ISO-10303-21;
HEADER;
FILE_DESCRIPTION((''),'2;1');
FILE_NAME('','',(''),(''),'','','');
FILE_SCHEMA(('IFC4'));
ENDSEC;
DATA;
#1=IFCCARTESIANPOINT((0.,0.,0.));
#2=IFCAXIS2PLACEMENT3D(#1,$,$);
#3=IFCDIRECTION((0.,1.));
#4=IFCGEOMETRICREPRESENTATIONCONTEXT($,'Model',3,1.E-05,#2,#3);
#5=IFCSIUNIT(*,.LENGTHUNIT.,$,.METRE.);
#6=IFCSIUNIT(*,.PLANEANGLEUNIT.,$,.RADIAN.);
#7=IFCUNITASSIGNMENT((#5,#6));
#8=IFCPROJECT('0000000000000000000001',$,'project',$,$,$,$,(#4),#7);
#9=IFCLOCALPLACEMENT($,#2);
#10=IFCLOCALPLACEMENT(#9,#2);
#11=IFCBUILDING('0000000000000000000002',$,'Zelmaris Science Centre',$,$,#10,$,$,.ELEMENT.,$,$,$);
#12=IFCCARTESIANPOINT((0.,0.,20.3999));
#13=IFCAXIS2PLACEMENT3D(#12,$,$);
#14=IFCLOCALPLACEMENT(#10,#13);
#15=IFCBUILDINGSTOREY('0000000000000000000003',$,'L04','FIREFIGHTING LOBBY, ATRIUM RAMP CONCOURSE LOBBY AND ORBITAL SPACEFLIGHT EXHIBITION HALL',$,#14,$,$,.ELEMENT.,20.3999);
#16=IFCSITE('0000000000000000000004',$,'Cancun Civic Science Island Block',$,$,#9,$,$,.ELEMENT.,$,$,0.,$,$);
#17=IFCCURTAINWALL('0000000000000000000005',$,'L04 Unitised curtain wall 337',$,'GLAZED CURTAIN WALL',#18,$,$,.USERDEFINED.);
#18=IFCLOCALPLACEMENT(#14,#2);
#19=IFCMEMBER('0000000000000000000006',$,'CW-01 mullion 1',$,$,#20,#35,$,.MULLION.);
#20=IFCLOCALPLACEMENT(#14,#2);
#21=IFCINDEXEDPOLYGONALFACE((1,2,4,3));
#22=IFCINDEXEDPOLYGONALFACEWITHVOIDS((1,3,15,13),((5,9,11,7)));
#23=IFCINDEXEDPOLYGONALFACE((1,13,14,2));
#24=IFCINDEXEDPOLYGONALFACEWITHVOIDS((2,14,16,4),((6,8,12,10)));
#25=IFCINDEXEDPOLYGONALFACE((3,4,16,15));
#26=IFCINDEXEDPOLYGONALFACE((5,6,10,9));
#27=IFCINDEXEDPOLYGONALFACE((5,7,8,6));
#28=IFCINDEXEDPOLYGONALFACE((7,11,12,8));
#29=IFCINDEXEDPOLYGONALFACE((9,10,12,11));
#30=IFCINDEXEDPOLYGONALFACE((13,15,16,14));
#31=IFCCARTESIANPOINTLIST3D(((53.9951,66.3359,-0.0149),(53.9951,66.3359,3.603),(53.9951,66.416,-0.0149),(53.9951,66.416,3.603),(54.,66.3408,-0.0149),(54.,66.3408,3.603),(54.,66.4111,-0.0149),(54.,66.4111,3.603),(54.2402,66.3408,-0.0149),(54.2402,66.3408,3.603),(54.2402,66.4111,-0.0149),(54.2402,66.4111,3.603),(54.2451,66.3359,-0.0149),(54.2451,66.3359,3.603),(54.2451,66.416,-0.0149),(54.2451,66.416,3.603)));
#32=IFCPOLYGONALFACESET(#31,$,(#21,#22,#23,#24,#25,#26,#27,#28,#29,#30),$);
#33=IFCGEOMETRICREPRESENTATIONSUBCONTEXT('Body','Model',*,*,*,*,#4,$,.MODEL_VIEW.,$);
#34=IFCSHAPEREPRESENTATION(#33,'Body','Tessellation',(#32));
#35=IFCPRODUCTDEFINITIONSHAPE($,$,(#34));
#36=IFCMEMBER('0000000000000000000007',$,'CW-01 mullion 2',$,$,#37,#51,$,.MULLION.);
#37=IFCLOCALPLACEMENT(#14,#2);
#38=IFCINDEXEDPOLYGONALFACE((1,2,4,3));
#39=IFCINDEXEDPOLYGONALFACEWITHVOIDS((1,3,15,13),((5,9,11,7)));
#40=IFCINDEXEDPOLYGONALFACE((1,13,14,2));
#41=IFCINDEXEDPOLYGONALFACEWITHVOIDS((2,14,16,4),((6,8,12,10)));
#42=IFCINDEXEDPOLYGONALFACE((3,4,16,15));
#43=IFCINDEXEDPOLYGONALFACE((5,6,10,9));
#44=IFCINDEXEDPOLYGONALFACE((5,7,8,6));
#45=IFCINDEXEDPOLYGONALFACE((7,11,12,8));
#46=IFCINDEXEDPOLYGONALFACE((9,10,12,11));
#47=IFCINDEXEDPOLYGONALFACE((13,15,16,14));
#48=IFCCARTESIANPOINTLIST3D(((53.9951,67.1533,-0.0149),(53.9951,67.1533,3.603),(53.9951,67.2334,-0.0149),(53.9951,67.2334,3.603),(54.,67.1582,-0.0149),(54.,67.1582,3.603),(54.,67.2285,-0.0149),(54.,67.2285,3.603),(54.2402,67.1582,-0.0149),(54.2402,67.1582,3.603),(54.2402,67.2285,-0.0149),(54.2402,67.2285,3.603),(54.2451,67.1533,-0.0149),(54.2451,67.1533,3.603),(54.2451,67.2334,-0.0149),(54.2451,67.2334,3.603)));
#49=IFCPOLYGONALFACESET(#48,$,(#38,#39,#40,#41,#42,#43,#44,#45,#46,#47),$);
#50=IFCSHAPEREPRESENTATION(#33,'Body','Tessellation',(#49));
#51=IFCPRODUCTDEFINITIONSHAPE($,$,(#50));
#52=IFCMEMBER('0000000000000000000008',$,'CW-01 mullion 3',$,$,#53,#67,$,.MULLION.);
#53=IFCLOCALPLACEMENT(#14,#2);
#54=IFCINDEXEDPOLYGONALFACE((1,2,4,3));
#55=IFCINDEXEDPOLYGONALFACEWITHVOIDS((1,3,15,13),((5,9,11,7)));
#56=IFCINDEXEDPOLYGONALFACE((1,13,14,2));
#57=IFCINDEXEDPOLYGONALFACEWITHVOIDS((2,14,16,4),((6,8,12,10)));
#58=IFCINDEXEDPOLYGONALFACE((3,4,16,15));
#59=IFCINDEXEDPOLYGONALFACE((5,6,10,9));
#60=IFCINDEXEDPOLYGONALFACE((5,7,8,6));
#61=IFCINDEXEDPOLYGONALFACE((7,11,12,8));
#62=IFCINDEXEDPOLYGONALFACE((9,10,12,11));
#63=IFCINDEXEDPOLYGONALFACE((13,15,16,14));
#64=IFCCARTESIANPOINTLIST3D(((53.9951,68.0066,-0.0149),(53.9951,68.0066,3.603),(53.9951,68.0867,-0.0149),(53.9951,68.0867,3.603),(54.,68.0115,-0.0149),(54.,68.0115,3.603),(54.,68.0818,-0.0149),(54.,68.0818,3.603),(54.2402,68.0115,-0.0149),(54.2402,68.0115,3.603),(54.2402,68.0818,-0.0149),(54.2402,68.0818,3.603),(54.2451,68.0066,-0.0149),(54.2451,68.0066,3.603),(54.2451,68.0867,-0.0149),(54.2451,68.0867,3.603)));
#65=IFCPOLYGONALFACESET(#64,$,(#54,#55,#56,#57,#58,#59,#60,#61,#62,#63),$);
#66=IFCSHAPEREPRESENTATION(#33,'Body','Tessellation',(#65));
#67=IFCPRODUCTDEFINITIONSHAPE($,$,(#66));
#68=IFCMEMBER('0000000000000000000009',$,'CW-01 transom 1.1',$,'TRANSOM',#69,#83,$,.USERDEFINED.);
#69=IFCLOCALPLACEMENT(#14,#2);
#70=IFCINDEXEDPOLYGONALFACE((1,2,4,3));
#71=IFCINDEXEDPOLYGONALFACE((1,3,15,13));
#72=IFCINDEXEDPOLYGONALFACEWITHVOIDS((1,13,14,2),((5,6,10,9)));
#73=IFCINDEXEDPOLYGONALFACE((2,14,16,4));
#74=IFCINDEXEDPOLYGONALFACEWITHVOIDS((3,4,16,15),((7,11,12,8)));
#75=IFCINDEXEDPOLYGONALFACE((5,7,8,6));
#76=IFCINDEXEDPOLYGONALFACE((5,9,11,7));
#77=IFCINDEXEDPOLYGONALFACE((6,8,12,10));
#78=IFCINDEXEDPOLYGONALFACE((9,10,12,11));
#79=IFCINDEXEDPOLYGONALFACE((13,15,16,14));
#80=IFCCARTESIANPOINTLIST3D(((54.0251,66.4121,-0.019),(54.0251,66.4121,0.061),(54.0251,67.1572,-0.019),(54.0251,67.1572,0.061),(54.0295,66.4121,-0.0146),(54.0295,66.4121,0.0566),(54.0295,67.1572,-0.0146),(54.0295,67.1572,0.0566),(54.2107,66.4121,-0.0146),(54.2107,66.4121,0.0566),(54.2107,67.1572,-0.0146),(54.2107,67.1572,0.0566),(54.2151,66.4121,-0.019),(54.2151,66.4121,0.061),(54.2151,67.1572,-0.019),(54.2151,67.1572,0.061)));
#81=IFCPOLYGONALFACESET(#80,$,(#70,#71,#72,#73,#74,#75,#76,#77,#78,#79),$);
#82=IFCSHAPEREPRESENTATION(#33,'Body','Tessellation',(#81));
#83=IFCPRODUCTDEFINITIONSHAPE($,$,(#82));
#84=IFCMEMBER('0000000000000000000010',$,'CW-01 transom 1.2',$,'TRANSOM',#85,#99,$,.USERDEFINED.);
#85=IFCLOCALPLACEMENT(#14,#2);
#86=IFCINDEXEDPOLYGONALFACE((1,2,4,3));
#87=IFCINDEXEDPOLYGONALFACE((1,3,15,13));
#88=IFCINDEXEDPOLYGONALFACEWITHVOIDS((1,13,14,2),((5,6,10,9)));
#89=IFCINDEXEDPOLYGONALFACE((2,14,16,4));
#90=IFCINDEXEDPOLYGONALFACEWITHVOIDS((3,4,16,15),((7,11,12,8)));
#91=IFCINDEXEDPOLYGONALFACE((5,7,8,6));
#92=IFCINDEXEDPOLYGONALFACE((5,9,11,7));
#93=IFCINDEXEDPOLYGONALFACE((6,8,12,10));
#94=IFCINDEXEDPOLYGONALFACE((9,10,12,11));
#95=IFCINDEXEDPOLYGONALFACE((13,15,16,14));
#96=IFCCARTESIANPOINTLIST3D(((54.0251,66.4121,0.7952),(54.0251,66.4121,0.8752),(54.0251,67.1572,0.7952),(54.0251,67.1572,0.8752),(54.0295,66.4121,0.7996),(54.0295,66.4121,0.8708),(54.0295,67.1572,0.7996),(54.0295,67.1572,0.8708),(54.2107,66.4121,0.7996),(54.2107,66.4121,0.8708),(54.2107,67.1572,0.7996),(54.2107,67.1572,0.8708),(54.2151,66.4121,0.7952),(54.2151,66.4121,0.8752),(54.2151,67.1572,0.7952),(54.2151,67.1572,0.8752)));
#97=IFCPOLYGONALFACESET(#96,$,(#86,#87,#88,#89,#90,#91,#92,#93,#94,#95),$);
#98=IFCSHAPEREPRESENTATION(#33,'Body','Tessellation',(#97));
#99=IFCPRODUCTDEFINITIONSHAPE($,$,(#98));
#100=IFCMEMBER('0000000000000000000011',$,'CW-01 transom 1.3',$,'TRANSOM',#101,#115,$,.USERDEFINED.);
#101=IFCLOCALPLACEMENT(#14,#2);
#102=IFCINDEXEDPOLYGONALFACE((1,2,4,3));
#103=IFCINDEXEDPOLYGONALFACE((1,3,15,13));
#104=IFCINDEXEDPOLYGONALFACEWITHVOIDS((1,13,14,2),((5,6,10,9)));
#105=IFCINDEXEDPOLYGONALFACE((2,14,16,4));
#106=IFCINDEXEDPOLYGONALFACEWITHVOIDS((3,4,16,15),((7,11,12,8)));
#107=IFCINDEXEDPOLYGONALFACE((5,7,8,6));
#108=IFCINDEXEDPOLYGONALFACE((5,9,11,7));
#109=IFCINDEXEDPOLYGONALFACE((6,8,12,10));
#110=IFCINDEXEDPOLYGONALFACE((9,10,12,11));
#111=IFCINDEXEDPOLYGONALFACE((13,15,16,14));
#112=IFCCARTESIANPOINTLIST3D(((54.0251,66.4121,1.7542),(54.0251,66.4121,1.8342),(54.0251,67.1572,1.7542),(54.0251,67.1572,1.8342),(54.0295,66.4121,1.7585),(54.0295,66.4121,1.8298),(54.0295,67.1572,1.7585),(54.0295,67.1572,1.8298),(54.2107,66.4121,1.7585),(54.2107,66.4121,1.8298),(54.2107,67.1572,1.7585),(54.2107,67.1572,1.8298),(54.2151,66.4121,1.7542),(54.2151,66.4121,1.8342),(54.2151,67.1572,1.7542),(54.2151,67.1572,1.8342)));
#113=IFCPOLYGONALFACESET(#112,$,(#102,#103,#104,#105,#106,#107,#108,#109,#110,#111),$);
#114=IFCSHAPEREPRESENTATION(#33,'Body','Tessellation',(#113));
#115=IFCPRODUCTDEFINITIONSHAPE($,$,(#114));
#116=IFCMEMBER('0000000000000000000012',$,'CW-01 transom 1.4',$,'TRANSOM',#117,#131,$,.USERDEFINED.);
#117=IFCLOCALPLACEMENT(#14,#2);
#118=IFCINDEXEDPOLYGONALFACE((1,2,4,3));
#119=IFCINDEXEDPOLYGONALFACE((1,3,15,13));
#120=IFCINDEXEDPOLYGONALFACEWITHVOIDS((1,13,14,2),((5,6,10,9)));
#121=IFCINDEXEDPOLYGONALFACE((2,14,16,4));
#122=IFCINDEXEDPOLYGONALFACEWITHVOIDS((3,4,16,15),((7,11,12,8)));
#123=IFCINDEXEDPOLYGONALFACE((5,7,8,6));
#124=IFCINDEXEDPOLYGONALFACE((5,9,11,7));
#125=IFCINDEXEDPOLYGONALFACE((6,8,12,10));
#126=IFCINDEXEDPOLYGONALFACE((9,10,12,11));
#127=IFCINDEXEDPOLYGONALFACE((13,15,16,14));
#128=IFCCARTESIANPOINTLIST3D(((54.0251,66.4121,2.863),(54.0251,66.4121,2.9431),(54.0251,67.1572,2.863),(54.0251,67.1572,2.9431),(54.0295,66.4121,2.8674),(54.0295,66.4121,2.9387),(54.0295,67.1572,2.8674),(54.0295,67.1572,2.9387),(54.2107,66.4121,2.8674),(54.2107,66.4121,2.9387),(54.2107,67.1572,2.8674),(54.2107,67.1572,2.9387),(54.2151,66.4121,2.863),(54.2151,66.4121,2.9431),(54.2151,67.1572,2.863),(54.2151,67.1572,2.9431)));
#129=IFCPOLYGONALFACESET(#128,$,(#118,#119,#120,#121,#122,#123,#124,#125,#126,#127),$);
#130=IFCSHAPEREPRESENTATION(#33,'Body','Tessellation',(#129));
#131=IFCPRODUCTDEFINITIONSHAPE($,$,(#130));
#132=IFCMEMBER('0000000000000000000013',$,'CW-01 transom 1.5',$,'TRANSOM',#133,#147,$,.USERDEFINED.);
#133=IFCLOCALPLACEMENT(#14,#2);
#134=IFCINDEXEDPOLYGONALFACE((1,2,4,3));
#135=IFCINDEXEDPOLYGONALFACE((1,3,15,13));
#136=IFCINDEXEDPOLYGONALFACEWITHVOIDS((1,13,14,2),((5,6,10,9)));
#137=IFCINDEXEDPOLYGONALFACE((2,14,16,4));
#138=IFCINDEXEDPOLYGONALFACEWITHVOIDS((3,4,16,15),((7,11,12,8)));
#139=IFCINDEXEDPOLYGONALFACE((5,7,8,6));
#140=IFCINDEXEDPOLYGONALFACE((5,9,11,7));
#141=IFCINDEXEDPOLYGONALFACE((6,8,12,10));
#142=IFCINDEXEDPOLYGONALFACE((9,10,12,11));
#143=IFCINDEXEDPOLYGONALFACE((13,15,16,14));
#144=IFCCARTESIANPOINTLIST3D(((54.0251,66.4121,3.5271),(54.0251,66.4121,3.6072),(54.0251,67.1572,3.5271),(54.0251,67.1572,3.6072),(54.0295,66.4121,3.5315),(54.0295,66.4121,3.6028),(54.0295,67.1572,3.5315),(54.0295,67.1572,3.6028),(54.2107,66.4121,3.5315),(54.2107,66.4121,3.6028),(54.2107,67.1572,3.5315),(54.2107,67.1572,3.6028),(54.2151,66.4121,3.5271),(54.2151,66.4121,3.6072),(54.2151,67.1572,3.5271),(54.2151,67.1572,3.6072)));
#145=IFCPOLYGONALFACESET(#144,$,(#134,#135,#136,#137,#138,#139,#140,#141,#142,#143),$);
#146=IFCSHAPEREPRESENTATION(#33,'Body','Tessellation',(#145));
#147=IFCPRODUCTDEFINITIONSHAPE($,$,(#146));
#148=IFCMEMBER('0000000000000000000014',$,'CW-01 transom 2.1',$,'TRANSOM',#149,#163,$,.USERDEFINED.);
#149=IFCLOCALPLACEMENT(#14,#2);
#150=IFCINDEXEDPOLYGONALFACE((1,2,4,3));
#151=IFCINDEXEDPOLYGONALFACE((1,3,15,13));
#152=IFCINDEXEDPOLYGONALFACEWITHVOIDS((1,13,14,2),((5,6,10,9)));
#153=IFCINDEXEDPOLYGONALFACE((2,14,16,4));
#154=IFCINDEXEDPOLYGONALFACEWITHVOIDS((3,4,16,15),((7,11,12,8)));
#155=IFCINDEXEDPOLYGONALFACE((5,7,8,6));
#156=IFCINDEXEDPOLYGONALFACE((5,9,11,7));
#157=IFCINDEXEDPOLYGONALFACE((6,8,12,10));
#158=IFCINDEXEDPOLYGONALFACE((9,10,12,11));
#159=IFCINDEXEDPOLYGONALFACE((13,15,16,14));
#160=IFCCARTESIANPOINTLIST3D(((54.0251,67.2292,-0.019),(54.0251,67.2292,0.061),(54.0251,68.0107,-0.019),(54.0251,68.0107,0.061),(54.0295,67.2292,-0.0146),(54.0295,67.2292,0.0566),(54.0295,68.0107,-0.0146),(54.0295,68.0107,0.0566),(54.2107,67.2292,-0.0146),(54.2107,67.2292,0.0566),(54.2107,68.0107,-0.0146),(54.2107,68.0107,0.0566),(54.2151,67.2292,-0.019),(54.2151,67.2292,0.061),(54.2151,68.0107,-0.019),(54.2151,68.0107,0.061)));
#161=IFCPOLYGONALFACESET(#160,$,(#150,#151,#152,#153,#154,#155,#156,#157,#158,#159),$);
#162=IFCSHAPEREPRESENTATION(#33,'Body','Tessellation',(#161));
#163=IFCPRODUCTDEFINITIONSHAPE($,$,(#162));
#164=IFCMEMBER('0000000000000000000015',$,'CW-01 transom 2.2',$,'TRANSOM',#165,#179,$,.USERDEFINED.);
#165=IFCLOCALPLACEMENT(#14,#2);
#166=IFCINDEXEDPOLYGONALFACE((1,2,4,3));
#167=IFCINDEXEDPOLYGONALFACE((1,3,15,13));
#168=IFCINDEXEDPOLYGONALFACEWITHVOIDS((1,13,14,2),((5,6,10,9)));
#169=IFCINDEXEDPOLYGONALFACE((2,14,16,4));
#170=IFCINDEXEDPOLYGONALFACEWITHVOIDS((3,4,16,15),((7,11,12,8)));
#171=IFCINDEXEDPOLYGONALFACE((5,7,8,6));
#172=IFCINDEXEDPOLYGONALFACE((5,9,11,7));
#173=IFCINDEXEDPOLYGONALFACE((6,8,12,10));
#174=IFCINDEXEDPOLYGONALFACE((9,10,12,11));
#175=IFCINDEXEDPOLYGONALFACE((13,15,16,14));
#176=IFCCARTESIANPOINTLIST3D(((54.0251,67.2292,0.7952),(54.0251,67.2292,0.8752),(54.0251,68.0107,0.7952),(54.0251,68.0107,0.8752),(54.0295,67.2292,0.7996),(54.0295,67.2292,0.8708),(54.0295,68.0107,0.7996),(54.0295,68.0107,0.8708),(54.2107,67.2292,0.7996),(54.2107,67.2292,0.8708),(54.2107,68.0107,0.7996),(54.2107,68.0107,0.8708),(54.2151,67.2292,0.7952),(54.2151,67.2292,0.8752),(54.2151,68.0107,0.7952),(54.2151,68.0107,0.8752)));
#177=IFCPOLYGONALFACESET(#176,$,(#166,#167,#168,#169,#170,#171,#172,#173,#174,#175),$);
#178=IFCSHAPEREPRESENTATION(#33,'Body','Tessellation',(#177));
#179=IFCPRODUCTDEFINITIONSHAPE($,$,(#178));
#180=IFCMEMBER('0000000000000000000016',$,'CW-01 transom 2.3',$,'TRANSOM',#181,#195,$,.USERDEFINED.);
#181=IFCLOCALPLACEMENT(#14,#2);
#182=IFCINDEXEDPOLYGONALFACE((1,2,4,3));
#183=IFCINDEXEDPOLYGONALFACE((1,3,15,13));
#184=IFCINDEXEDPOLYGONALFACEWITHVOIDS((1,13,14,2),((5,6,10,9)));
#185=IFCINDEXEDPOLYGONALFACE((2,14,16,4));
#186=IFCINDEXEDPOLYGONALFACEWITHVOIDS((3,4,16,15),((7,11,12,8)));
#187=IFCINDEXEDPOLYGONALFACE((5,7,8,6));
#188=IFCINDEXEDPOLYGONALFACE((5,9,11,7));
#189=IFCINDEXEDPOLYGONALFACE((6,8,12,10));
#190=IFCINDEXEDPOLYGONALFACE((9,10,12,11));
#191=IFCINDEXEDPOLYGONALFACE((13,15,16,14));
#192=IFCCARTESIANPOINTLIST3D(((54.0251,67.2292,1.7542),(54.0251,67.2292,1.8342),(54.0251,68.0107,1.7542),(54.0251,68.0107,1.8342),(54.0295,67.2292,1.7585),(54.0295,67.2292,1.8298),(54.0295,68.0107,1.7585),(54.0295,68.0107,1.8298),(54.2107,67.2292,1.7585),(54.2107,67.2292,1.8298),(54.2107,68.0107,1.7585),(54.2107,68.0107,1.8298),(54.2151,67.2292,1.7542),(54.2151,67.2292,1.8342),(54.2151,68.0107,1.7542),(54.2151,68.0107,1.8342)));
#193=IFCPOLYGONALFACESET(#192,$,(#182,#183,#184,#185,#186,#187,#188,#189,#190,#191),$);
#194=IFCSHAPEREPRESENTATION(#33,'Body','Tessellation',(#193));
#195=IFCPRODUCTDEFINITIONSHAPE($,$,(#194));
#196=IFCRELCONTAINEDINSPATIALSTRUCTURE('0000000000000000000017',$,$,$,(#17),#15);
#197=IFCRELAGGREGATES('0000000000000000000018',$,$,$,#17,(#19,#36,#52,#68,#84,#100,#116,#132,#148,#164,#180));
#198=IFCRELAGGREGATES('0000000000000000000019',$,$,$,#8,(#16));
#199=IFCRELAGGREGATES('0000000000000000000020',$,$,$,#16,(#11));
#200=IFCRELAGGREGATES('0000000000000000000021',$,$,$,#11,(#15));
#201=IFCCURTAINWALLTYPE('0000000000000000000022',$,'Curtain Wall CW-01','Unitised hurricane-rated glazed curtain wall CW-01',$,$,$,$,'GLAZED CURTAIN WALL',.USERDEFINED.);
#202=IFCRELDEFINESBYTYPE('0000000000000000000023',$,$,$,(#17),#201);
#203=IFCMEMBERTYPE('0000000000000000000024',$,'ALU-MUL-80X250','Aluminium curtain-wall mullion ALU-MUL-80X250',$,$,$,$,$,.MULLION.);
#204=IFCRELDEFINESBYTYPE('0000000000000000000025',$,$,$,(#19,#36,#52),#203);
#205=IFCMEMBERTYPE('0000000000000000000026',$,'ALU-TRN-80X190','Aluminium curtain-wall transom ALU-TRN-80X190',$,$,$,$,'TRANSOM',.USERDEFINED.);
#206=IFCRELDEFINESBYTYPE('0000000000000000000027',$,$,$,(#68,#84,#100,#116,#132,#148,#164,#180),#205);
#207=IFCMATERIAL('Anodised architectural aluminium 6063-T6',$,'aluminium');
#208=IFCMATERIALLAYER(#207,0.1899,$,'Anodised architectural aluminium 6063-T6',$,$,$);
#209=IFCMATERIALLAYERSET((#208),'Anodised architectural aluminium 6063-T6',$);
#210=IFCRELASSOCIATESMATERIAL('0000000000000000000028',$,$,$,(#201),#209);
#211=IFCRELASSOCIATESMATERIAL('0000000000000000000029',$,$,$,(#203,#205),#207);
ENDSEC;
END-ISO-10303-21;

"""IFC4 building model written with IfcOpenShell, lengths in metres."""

from ifc_helpers import new_model, si_unit, direction, frame, origin, origin_2d, place, context, subcontext, project, spatial, hollow_rectangle, extrude, material, layer, layer_set, material_profile, profile_set, type_object, element, aggregate, save


model = new_model("IFC4")

# Units and contexts
model_context = context("Model", 3, precision=1e-05, world=origin(), true_north=direction((0.0, 1.0)))
body_context = subcontext(model_context, "Body", "Model", "MODEL_VIEW")
ifc_project = project(units=[si_unit("LENGTHUNIT", "METRE"), si_unit("PLANEANGLEUNIT", "RADIAN")], contexts=[model_context])

# Site, building, storey
site_placement = place(None, origin())
site = spatial("IfcSite", under=ifc_project, at=site_placement, Name="Cancun Civic Science Island Block", CompositionType="ELEMENT", RefElevation=0.0)
building_placement = place(site_placement, origin())
building = spatial("IfcBuilding", under=site, at=building_placement, Name="Zelmaris Science Centre", CompositionType="ELEMENT")
storey_placement = place(building_placement, frame((0.0, 0.0, 20.3999)))
storey = spatial("IfcBuildingStorey", under=building, at=storey_placement, Name="L04", Description="FIREFIGHTING LOBBY, ATRIUM RAMP CONCOURSE LOBBY AND ORBITAL SPACEFLIGHT EXHIBITION HALL", CompositionType="ELEMENT", Elevation=20.3999)

# Curtain wall, members
ifc_material_1 = material(Name="Anodised architectural aluminium 6063-T6", Category="aluminium")
ifc_layer_1 = layer(ifc_material_1, 0.1899, Name="Anodised architectural aluminium 6063-T6")
ifc_layer_set_1 = layer_set([ifc_layer_1], Name="Anodised architectural aluminium 6063-T6")
curtain_wall_type = type_object("IfcCurtainWallType", Name="Curtain Wall CW-01", Description="Unitised hurricane-rated glazed curtain wall CW-01", ElementType="GLAZED CURTAIN WALL", PredefinedType="USERDEFINED", material=ifc_layer_set_1)
curtain_wall_placement = place(storey_placement, origin())
curtain_wall = element("IfcCurtainWall", 1, at=curtain_wall_placement, inside=storey, type_object=curtain_wall_type, Name="L04 Unitised curtain wall 337", ObjectType="GLAZED CURTAIN WALL", PredefinedType="USERDEFINED")
ifc_material_profile_1 = material_profile(ifc_material_1, hollow_rectangle(XDim=0.0801, YDim=0.25, WallThickness=0.0049, at=origin_2d()), Name="ALU-MUL-80X250")
ifc_profile_set_1 = profile_set([ifc_material_profile_1], Name="Anodised architectural aluminium 6063-T6")
member_type_1 = type_object("IfcMemberType", Name="ALU-MUL-80X250", Description="Aluminium curtain-wall mullion ALU-MUL-80X250", PredefinedType="MULLION", material=ifc_profile_set_1)
member_1_placement = place(storey_placement, frame((54.1201, 66.376, -0.0149), z_axis=(0.0, 0.0, 1.0), x_axis=(0.0, 1.0, 0.0)))
member_1 = element("IfcMember", 2, at=member_1_placement, type_object=member_type_1, Name="CW-01 mullion 1", PredefinedType="MULLION", context=body_context, shape_type="SweptSolid", body=[
    extrude(hollow_rectangle(XDim=0.0801, YDim=0.25, WallThickness=0.0049, at=origin_2d()), origin(), (0.0, 0.0, 1.0), 3.6179),
])
member_2_placement = place(storey_placement, frame((54.1201, 67.1934, -0.0149), z_axis=(0.0, 0.0, 1.0), x_axis=(0.0, 1.0, 0.0)))
member_2 = element("IfcMember", 3, at=member_2_placement, type_object=member_type_1, Name="CW-01 mullion 2", PredefinedType="MULLION", context=body_context, shape_type="SweptSolid", body=[
    extrude(hollow_rectangle(XDim=0.0801, YDim=0.25, WallThickness=0.0049, at=origin_2d()), origin(), (0.0, 0.0, 1.0), 3.6179),
])
member_3_placement = place(storey_placement, frame((54.1201, 68.0466, -0.0149), z_axis=(0.0, 0.0, 1.0), x_axis=(0.0, 1.0, 0.0)))
member_3 = element("IfcMember", 4, at=member_3_placement, type_object=member_type_1, Name="CW-01 mullion 3", PredefinedType="MULLION", context=body_context, shape_type="SweptSolid", body=[
    extrude(hollow_rectangle(XDim=0.0801, YDim=0.25, WallThickness=0.0049, at=origin_2d()), origin(), (0.0, 0.0, 1.0), 3.6179),
])
ifc_material_profile_2 = material_profile(ifc_material_1, hollow_rectangle(XDim=0.0801, YDim=0.1899, WallThickness=0.0044, at=origin_2d()), Name="ALU-TRN-80X190")
ifc_profile_set_2 = profile_set([ifc_material_profile_2], Name="Anodised architectural aluminium 6063-T6")
member_type_2 = type_object("IfcMemberType", Name="ALU-TRN-80X190", Description="Aluminium curtain-wall transom ALU-TRN-80X190", ElementType="TRANSOM", PredefinedType="USERDEFINED", material=ifc_profile_set_2)
member_4_placement = place(storey_placement, frame((54.1201, 66.4121, 0.021), z_axis=(0.0, 1.0, 0.0), x_axis=(0.0, 0.0, 1.0)))
member_4 = element("IfcMember", 5, at=member_4_placement, type_object=member_type_2, Name="CW-01 transom 1.1", ObjectType="TRANSOM", PredefinedType="USERDEFINED", context=body_context, shape_type="SweptSolid", body=[
    extrude(hollow_rectangle(XDim=0.0801, YDim=0.1899, WallThickness=0.0044, at=origin_2d()), origin(), (0.0, 0.0, 1.0), 0.7451),
])
member_5_placement = place(storey_placement, frame((54.1201, 66.4121, 0.8352), z_axis=(0.0, 1.0, 0.0), x_axis=(0.0, 0.0, 1.0)))
member_5 = element("IfcMember", 6, at=member_5_placement, type_object=member_type_2, Name="CW-01 transom 1.2", ObjectType="TRANSOM", PredefinedType="USERDEFINED", context=body_context, shape_type="SweptSolid", body=[
    extrude(hollow_rectangle(XDim=0.0801, YDim=0.1899, WallThickness=0.0044, at=origin_2d()), origin(), (0.0, 0.0, 1.0), 0.7451),
])
member_6_placement = place(storey_placement, frame((54.1201, 66.4121, 1.7942), z_axis=(0.0, 1.0, 0.0), x_axis=(0.0, 0.0, 1.0)))
member_6 = element("IfcMember", 7, at=member_6_placement, type_object=member_type_2, Name="CW-01 transom 1.3", ObjectType="TRANSOM", PredefinedType="USERDEFINED", context=body_context, shape_type="SweptSolid", body=[
    extrude(hollow_rectangle(XDim=0.0801, YDim=0.1899, WallThickness=0.0044, at=origin_2d()), origin(), (0.0, 0.0, 1.0), 0.7451),
])
member_7_placement = place(storey_placement, frame((54.1201, 66.4121, 2.9031), z_axis=(0.0, 1.0, 0.0), x_axis=(0.0, 0.0, 1.0)))
member_7 = element("IfcMember", 8, at=member_7_placement, type_object=member_type_2, Name="CW-01 transom 1.4", ObjectType="TRANSOM", PredefinedType="USERDEFINED", context=body_context, shape_type="SweptSolid", body=[
    extrude(hollow_rectangle(XDim=0.0801, YDim=0.1899, WallThickness=0.0044, at=origin_2d()), origin(), (0.0, 0.0, 1.0), 0.7451),
])
member_8_placement = place(storey_placement, frame((54.1201, 66.4121, 3.5671), z_axis=(0.0, 1.0, 0.0), x_axis=(0.0, 0.0, 1.0)))
member_8 = element("IfcMember", 9, at=member_8_placement, type_object=member_type_2, Name="CW-01 transom 1.5", ObjectType="TRANSOM", PredefinedType="USERDEFINED", context=body_context, shape_type="SweptSolid", body=[
    extrude(hollow_rectangle(XDim=0.0801, YDim=0.1899, WallThickness=0.0044, at=origin_2d()), origin(), (0.0, 0.0, 1.0), 0.7451),
])
member_9_placement = place(storey_placement, frame((54.1201, 67.2292, 0.021), z_axis=(0.0, 1.0, 0.0), x_axis=(0.0, 0.0, 1.0)))
member_9 = element("IfcMember", 10, at=member_9_placement, type_object=member_type_2, Name="CW-01 transom 2.1", ObjectType="TRANSOM", PredefinedType="USERDEFINED", context=body_context, shape_type="SweptSolid", body=[
    extrude(hollow_rectangle(XDim=0.0801, YDim=0.1899, WallThickness=0.0044, at=origin_2d()), origin(), (0.0, 0.0, 1.0), 0.7815),
])
member_10_placement = place(storey_placement, frame((54.1201, 67.2292, 0.8352), z_axis=(0.0, 1.0, 0.0), x_axis=(0.0, 0.0, 1.0)))
member_10 = element("IfcMember", 11, at=member_10_placement, type_object=member_type_2, Name="CW-01 transom 2.2", ObjectType="TRANSOM", PredefinedType="USERDEFINED", context=body_context, shape_type="SweptSolid", body=[
    extrude(hollow_rectangle(XDim=0.0801, YDim=0.1899, WallThickness=0.0044, at=origin_2d()), origin(), (0.0, 0.0, 1.0), 0.7815),
])
member_11_placement = place(storey_placement, frame((54.1201, 67.2292, 1.7942), z_axis=(0.0, 1.0, 0.0), x_axis=(0.0, 0.0, 1.0)))
member_11 = element("IfcMember", 12, at=member_11_placement, type_object=member_type_2, Name="CW-01 transom 2.3", ObjectType="TRANSOM", PredefinedType="USERDEFINED", context=body_context, shape_type="SweptSolid", body=[
    extrude(hollow_rectangle(XDim=0.0801, YDim=0.1899, WallThickness=0.0044, at=origin_2d()), origin(), (0.0, 0.0, 1.0), 0.7815),
])
aggregate(curtain_wall, [member_1, member_2, member_3, member_4, member_5, member_6, member_7, member_8, member_9, member_10, member_11])

save(model, "model.ifc")
